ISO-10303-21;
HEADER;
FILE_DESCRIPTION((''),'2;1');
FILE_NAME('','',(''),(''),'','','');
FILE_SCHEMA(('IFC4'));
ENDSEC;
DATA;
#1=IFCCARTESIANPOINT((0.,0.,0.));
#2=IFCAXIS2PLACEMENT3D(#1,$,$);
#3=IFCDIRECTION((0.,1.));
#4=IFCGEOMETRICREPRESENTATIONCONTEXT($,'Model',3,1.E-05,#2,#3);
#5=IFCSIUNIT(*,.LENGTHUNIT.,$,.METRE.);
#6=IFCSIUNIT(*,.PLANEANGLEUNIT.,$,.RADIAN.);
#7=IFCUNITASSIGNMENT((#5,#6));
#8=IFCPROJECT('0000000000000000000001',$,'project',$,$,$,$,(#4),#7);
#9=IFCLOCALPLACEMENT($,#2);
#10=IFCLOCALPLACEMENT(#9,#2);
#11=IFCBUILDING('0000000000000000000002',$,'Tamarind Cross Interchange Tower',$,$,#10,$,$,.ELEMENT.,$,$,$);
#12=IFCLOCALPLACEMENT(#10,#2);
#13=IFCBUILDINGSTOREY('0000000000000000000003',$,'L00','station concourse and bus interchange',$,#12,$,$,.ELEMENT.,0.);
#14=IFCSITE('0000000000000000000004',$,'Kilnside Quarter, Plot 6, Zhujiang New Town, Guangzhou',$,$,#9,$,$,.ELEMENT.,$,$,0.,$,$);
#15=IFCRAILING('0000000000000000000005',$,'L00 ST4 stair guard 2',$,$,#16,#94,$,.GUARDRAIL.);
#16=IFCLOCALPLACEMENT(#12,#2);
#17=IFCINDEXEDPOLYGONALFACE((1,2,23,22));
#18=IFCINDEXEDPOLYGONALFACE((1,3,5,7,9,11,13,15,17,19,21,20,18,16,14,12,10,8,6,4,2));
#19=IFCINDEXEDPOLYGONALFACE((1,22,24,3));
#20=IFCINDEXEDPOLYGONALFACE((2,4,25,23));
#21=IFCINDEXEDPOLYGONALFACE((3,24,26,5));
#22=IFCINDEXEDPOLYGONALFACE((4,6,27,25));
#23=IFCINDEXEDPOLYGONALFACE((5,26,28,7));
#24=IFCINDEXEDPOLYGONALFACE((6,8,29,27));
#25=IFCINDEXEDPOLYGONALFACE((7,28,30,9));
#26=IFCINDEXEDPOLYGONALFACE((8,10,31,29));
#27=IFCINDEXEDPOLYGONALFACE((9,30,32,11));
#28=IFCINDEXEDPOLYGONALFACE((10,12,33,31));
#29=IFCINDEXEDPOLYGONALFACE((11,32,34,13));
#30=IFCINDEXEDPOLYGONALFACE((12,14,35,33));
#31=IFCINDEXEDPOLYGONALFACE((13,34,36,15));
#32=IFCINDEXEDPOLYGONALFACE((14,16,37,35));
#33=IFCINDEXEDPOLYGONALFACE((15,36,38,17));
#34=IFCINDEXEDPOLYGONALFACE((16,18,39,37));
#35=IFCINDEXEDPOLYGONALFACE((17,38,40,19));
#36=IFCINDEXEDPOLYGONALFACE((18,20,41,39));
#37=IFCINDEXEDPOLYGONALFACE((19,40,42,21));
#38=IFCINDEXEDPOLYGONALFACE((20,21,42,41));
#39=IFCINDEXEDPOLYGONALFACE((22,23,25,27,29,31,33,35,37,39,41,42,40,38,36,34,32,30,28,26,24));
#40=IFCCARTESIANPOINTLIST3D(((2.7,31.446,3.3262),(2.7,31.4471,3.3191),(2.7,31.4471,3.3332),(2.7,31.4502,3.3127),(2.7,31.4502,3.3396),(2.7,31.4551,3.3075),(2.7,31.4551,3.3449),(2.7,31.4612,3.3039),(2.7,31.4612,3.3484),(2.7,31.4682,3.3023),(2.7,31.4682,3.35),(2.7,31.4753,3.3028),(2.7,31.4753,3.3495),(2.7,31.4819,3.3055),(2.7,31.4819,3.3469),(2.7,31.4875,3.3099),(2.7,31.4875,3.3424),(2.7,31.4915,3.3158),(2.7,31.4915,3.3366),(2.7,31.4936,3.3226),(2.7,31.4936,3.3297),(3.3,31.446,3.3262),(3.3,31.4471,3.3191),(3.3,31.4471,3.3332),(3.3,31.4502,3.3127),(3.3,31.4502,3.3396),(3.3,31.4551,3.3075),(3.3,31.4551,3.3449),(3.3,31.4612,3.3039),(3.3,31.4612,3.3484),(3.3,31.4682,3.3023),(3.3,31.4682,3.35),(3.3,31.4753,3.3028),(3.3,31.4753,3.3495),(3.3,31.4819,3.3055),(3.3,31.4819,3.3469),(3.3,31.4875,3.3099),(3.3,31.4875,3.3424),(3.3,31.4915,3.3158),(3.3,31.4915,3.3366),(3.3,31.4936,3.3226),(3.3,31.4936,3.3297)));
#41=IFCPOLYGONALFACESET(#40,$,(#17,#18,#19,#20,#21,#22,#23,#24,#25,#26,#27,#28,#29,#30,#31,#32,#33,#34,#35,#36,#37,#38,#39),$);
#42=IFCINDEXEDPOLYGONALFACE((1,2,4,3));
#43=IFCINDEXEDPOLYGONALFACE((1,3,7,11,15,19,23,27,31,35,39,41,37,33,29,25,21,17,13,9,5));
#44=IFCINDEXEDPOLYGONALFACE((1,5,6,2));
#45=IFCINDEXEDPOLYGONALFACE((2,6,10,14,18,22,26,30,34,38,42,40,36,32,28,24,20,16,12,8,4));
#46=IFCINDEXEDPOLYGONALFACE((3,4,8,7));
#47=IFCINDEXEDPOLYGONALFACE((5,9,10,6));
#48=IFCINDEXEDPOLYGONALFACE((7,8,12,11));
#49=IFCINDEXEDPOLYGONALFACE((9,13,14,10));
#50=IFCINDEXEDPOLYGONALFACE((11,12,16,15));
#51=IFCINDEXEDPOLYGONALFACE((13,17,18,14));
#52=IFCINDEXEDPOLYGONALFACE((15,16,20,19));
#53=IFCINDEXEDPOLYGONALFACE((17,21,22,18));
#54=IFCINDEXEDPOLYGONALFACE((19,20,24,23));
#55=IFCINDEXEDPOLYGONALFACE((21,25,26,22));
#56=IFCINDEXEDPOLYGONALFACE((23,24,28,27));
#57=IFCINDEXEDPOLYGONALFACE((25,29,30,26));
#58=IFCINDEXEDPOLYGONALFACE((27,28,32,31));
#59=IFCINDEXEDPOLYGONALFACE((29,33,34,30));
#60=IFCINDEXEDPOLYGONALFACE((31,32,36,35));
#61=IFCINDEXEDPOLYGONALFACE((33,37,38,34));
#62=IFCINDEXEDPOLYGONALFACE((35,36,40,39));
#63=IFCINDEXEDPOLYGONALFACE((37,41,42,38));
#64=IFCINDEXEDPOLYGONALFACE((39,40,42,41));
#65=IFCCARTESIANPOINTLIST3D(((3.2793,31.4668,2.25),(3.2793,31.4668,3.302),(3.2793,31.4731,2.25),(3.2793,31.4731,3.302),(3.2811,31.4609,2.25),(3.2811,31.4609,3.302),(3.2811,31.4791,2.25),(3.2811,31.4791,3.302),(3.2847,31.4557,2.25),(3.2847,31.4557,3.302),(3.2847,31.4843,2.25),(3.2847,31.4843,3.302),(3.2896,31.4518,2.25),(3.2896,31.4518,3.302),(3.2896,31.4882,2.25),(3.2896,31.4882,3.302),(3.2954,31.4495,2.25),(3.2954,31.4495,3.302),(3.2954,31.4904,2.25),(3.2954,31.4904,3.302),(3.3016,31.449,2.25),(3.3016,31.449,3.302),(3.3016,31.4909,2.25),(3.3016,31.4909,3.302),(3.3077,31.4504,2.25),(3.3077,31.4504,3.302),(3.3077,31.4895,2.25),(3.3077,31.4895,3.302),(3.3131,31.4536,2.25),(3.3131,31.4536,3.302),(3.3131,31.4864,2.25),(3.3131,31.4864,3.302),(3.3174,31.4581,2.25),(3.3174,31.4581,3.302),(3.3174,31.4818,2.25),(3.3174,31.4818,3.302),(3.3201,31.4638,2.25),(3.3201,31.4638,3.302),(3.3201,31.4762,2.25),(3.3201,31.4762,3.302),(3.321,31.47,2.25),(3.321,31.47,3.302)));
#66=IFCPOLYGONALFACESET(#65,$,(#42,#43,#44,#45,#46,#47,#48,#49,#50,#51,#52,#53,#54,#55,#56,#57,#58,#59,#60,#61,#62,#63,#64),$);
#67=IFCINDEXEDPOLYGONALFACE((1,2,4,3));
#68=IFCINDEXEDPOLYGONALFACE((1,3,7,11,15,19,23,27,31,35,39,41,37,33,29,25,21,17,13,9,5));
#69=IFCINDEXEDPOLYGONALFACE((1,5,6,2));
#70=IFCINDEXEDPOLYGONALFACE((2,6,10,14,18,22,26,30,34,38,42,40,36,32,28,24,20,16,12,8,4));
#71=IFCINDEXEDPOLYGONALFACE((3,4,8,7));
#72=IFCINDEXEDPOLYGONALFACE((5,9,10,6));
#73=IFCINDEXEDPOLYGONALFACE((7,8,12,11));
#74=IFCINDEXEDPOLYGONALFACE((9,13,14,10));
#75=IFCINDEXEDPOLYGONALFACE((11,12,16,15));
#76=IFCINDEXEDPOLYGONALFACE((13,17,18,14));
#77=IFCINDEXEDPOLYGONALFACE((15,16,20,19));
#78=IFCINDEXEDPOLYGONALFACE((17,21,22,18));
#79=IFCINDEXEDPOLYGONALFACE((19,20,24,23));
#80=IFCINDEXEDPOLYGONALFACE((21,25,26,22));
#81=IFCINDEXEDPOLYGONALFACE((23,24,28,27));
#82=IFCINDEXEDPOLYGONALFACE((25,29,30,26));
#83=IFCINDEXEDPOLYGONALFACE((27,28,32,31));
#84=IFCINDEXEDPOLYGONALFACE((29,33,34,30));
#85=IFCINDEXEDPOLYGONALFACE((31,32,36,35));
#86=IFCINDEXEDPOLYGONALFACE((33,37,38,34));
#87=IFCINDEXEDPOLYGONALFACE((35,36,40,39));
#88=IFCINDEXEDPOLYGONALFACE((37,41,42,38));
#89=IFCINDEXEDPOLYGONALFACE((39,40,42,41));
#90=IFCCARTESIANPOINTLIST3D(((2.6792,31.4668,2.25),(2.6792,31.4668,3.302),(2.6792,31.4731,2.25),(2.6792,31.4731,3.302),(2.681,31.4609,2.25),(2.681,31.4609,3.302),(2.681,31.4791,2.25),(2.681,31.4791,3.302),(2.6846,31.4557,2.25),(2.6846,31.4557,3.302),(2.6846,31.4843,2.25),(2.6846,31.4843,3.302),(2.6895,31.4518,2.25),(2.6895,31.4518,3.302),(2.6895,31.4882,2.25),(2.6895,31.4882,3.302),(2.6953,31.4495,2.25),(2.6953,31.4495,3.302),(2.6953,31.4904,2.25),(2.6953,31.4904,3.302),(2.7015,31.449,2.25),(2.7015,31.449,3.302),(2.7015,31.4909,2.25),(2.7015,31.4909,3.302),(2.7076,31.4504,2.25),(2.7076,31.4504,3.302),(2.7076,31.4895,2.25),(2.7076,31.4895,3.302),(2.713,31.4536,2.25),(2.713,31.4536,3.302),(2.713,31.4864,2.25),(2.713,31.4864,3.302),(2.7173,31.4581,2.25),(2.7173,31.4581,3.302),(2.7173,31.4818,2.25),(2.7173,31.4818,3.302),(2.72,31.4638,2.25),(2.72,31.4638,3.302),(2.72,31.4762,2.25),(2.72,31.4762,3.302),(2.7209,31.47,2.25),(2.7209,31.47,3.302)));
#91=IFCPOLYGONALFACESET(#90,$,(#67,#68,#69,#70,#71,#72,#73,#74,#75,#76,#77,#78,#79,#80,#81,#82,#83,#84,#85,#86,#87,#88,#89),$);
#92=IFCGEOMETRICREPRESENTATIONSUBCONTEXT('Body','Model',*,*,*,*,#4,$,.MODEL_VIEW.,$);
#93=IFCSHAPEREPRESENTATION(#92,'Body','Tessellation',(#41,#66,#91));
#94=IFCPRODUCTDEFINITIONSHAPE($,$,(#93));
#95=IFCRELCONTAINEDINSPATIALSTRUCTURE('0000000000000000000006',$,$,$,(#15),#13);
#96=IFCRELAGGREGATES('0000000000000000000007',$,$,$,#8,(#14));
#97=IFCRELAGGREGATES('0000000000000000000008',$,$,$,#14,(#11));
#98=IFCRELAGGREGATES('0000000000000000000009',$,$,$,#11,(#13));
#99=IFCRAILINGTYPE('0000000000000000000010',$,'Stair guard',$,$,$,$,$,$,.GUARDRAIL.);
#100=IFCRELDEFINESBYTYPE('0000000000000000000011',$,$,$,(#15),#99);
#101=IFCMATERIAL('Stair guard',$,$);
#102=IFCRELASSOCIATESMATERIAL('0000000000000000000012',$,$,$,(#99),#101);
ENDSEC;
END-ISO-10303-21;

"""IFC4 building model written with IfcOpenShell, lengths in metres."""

from ifc_helpers import new_model, si_unit, direction, frame, origin, origin_2d, place, context, subcontext, project, spatial, circle, extrude, material, type_object, element, save


model = new_model("IFC4")

# Units and contexts
model_context = context("Model", 3, precision=1e-05, world=origin(), true_north=direction((0.0, 1.0)))
body_context = subcontext(model_context, "Body", "Model", "MODEL_VIEW")
ifc_project = project(units=[si_unit("LENGTHUNIT", "METRE"), si_unit("PLANEANGLEUNIT", "RADIAN")], contexts=[model_context])

# Site, building, storey
site_placement = place(None, origin())
site = spatial("IfcSite", under=ifc_project, at=site_placement, Name="Kilnside Quarter, Plot 6, Zhujiang New Town, Guangzhou", CompositionType="ELEMENT", RefElevation=0.0)
building_placement = place(site_placement, origin())
building = spatial("IfcBuilding", under=site, at=building_placement, Name="Tamarind Cross Interchange Tower", CompositionType="ELEMENT")
storey_placement = place(building_placement, origin())
storey = spatial("IfcBuildingStorey", under=building, at=storey_placement, Name="L00", Description="station concourse and bus interchange", CompositionType="ELEMENT", Elevation=0.0)

# Railing
ifc_material_1 = material(Name="Stair guard")
railing_type_1 = type_object("IfcRailingType", Name="Stair guard", PredefinedType="GUARDRAIL", material=ifc_material_1)
railing_1_placement = place(storey_placement, frame((3.3, 31.47, 2.25)))
element("IfcRailing", 1, at=railing_1_placement, inside=storey, type_object=railing_type_1, Name="L00 ST4 stair guard 2", PredefinedType="GUARDRAIL", context=body_context, shape_type="SweptSolid", body=[
    extrude(circle(Radius=0.0239, at=origin_2d()), frame((0.0, 0.0, 1.0762), z_axis=(-1.0, 0.0, 0.0), x_axis=(0.0, -1.0, 0.0)), (0.0, 0.0, 1.0), 0.6001),
    extrude(circle(Radius=0.021, at=origin_2d()), origin(), (0.0, 0.0, 1.0), 1.052),
    extrude(circle(Radius=0.021, at=origin_2d()), frame((-0.6001, 0.0, 0.0)), (0.0, 0.0, 1.0), 1.052),
])

save(model, "model.ifc")
